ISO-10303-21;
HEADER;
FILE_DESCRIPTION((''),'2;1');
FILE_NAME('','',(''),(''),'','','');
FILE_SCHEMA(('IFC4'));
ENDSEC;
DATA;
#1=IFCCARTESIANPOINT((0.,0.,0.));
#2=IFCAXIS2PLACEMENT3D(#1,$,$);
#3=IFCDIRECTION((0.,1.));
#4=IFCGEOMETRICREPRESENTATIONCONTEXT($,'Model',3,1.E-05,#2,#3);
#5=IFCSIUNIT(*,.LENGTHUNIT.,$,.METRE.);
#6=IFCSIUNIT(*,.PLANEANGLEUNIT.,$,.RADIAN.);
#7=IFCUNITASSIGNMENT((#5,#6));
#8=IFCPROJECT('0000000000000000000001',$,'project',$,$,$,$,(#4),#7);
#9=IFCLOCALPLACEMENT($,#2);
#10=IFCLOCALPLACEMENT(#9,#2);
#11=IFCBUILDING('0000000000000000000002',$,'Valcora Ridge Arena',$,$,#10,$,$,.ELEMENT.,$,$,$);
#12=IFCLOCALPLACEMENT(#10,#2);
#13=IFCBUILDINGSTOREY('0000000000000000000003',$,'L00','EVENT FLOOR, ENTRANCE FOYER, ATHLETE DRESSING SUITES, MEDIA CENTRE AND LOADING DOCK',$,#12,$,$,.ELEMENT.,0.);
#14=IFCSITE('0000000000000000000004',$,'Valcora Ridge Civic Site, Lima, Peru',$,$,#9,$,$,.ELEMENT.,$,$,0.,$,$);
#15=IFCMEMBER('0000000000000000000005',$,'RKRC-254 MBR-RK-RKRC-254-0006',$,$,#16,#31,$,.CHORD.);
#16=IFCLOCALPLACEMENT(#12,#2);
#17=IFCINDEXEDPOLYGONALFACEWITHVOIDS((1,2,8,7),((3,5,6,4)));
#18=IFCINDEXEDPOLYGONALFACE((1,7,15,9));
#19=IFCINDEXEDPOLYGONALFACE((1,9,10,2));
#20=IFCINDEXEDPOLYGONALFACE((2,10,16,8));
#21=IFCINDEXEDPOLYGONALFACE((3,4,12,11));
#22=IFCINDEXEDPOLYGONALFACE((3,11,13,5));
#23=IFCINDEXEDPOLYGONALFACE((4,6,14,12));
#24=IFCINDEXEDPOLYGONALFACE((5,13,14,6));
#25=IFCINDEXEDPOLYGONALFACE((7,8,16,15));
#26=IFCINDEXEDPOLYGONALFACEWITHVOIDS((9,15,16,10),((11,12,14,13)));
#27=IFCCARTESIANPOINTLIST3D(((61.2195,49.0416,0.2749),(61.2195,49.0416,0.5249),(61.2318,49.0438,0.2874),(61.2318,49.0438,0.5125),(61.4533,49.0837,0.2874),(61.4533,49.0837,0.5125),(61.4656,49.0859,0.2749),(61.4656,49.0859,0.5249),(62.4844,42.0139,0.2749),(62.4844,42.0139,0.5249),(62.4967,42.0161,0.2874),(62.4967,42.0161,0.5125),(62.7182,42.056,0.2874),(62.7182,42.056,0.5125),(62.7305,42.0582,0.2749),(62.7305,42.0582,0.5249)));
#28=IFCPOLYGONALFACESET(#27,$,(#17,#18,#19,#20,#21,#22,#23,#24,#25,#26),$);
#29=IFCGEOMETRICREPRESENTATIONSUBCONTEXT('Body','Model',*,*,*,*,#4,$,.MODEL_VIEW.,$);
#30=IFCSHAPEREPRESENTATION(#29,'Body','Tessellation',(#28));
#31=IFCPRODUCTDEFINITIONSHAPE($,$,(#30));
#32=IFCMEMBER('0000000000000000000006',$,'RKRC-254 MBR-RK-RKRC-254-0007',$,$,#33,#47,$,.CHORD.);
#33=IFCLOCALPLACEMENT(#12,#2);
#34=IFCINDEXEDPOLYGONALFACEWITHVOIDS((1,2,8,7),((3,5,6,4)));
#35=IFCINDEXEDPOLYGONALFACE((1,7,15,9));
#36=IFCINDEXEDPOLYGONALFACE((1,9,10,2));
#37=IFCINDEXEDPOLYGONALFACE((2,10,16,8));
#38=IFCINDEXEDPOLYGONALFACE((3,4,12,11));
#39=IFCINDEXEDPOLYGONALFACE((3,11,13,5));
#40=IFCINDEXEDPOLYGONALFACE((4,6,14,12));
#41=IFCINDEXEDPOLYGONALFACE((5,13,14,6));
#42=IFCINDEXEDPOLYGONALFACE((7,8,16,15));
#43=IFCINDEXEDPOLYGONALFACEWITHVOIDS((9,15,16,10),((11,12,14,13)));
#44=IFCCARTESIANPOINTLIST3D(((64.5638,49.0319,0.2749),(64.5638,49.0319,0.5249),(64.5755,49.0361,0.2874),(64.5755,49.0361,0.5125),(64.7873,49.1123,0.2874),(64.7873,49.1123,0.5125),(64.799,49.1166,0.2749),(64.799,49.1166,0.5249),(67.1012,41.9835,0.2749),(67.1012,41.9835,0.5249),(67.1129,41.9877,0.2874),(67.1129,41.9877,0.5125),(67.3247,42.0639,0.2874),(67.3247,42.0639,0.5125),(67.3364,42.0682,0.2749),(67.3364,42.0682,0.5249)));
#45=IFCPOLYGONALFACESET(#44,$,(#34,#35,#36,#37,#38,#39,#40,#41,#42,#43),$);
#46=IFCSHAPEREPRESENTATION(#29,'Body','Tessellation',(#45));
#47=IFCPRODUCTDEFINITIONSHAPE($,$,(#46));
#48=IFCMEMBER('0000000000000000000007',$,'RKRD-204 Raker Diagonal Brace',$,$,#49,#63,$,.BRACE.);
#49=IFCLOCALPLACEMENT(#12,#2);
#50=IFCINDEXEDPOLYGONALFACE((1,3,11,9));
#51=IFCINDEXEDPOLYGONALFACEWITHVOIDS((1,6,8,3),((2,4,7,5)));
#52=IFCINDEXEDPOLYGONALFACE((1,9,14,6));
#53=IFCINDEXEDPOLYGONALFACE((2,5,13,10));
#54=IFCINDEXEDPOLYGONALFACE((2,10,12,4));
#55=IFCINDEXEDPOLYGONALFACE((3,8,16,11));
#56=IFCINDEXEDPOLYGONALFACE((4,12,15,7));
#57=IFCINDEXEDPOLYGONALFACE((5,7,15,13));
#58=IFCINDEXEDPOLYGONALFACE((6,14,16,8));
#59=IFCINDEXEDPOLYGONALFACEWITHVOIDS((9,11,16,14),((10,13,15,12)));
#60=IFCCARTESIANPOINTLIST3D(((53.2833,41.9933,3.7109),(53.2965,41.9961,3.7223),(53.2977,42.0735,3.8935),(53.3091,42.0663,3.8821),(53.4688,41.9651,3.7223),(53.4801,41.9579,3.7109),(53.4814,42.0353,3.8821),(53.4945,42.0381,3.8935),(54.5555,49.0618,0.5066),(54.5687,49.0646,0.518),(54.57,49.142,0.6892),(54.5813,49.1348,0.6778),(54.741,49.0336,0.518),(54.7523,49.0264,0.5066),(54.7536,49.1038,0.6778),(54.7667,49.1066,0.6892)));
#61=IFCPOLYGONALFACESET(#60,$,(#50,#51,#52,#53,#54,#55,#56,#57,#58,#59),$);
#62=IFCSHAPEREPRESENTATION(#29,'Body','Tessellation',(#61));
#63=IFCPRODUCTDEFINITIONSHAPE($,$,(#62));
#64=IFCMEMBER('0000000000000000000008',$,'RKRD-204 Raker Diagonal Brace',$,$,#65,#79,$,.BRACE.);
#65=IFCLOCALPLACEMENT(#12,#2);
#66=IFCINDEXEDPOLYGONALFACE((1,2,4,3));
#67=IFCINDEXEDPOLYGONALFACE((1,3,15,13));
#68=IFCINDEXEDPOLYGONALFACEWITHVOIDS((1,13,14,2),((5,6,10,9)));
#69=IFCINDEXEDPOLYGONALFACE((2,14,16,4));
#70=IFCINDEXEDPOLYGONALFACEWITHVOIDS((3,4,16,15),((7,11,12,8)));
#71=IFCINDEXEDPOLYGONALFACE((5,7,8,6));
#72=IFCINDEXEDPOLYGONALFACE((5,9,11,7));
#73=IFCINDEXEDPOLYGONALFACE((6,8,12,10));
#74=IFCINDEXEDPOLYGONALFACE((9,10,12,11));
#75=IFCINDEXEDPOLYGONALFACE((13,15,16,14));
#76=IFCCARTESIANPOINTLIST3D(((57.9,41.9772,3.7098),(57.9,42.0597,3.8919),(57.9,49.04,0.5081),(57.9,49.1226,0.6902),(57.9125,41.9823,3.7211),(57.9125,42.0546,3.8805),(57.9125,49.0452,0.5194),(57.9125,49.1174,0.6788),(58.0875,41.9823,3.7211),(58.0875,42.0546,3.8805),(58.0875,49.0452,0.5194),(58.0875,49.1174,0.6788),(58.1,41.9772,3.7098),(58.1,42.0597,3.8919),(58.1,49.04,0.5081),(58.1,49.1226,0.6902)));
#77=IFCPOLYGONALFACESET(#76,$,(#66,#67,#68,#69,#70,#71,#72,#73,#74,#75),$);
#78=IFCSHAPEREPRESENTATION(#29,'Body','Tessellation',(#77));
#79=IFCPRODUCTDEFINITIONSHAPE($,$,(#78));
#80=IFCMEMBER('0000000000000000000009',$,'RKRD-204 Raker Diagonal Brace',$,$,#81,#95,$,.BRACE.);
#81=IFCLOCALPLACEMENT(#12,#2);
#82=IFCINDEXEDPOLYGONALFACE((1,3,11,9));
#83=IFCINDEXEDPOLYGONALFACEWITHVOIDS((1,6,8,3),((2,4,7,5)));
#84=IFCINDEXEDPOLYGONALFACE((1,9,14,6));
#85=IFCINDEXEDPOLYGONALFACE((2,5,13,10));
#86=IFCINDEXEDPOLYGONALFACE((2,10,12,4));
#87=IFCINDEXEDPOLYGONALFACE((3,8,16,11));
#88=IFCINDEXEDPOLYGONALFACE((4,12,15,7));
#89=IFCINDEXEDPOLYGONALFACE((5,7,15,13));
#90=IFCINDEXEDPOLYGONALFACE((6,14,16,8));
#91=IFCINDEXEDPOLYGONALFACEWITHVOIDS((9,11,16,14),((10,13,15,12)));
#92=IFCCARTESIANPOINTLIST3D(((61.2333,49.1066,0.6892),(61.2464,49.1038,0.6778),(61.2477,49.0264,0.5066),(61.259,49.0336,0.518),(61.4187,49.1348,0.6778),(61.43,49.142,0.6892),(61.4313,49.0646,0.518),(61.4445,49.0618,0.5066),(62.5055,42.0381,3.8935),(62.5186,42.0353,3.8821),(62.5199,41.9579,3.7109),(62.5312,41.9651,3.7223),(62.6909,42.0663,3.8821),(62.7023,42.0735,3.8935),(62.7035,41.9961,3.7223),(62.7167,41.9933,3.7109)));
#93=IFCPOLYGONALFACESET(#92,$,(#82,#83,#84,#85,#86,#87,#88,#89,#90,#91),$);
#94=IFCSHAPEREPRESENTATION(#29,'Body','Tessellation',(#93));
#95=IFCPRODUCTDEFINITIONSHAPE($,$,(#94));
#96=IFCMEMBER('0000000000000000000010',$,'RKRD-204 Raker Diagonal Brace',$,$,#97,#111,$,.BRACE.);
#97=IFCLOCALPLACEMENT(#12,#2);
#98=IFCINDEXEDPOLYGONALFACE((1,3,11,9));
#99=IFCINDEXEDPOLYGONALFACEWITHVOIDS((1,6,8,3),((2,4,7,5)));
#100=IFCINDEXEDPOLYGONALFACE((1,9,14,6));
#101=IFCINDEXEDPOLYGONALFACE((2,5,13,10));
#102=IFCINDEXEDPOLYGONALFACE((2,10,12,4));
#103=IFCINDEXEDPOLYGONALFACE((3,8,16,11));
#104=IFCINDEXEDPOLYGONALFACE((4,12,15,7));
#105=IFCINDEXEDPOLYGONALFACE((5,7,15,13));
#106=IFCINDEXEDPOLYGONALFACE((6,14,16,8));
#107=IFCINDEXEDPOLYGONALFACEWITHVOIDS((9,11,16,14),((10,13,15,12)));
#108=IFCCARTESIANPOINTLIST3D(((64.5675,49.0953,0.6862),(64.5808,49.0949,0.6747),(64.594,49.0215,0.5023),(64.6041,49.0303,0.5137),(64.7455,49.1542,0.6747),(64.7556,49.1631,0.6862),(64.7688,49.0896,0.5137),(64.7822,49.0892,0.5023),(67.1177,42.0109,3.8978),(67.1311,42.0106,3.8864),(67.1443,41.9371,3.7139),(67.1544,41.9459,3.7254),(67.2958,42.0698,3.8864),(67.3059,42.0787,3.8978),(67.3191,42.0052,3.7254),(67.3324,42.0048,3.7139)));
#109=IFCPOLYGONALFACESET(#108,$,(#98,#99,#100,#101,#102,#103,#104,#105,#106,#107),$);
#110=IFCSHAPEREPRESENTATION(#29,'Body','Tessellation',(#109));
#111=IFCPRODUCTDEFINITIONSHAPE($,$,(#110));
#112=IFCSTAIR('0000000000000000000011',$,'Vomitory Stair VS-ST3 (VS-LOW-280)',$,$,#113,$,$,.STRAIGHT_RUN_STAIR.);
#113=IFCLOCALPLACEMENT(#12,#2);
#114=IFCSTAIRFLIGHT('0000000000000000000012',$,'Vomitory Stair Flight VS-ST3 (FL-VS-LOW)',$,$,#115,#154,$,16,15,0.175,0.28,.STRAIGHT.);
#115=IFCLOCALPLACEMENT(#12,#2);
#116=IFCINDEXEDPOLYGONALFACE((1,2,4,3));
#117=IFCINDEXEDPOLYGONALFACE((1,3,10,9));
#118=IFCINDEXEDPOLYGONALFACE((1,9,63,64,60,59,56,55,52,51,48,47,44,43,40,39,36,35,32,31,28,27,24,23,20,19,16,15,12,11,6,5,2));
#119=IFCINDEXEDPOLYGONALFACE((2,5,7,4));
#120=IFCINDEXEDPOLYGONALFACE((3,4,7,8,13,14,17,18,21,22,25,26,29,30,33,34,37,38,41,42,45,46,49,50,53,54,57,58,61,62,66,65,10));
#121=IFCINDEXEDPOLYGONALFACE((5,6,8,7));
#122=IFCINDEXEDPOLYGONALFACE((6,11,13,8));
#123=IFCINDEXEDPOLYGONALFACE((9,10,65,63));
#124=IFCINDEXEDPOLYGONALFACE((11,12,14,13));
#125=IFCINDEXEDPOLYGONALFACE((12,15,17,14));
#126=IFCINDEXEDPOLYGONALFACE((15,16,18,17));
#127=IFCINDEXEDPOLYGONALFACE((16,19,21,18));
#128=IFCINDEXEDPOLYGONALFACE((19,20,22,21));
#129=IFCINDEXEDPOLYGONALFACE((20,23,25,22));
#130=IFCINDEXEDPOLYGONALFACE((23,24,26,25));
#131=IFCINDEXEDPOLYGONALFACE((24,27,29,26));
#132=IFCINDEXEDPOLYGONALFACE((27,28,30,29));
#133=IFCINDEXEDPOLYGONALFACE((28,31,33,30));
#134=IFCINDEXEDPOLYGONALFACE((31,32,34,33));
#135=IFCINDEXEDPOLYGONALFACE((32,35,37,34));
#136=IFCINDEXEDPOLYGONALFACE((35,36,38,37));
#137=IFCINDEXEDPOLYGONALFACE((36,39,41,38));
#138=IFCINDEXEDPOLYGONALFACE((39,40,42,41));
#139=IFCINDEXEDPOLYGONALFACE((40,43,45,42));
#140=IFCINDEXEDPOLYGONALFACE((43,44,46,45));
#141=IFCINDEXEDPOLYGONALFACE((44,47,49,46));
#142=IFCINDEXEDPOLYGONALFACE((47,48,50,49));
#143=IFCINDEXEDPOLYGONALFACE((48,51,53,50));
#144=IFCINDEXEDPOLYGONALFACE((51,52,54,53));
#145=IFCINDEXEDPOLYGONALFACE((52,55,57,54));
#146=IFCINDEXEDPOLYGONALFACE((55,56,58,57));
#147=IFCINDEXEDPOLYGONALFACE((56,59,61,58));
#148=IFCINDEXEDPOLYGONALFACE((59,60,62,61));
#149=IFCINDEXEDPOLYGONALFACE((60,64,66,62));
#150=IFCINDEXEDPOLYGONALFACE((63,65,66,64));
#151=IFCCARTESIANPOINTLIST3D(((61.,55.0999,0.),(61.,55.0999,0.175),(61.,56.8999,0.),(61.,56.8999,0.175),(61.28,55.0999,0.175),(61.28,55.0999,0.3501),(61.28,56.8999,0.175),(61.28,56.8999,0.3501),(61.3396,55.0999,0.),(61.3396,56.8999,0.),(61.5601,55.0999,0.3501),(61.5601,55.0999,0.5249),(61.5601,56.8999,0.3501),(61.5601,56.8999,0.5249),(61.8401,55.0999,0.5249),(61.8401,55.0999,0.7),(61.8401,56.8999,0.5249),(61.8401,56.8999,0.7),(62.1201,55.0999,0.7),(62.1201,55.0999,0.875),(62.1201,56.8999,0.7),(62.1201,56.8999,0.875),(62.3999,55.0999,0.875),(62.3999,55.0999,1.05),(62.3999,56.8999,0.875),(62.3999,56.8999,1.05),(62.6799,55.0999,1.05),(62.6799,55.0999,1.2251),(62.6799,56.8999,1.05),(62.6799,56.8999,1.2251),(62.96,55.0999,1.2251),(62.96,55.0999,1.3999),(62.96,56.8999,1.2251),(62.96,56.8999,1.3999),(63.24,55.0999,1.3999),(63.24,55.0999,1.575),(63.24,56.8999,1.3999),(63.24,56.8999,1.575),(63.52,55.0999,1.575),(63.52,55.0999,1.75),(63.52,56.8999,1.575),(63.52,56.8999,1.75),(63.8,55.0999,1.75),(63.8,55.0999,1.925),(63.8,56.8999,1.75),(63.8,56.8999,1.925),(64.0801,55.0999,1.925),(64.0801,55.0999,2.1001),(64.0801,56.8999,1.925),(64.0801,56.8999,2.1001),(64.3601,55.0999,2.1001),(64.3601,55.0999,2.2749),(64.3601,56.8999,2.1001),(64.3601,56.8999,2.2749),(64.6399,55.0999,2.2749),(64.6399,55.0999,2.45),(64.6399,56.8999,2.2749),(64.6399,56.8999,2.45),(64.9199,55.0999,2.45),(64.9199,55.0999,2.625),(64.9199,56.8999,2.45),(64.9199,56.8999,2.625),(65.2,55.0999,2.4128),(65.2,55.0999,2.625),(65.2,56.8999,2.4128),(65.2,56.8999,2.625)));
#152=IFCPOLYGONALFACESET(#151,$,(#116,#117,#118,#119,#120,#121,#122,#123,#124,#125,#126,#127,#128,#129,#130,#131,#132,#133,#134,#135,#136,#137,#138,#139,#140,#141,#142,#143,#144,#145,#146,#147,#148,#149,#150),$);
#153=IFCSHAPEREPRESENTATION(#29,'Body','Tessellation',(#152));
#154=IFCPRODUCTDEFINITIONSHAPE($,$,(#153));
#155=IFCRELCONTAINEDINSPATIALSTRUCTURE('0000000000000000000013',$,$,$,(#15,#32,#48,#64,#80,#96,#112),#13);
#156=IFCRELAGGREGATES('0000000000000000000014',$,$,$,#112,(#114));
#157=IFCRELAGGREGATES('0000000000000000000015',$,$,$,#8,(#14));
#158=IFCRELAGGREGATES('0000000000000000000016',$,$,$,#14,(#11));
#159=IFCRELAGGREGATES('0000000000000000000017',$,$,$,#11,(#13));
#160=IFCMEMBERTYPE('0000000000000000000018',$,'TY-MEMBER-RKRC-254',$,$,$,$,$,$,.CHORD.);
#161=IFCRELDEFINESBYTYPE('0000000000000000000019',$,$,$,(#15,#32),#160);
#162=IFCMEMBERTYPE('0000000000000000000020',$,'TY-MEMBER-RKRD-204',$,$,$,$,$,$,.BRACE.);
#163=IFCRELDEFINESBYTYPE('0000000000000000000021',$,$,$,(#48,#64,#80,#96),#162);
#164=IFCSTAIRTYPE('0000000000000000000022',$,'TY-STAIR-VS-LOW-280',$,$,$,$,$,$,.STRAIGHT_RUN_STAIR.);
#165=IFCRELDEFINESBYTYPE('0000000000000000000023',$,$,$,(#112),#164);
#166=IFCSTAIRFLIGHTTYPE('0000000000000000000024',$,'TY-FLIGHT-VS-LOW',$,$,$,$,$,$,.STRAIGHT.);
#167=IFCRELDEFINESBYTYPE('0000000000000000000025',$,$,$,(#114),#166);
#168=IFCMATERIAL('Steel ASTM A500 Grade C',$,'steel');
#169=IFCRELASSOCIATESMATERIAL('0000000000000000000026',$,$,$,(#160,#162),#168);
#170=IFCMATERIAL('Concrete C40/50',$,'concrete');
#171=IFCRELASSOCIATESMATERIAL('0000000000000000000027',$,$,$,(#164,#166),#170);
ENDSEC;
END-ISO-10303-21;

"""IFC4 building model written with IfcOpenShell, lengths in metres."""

from ifc_helpers import new_model, si_unit, direction, frame, origin, origin_2d, place, context, subcontext, project, spatial, polyline, hollow_rectangle, outline, extrude, material, material_profile, profile_set, type_object, element, aggregate, save


model = new_model("IFC4")

# Units and contexts
model_context = context("Model", 3, precision=1e-05, world=origin(), true_north=direction((0.0, 1.0)))
body_context = subcontext(model_context, "Body", "Model", "MODEL_VIEW")
ifc_project = project(units=[si_unit("LENGTHUNIT", "METRE"), si_unit("PLANEANGLEUNIT", "RADIAN")], contexts=[model_context])

# Site, building, storey
site_placement = place(None, origin())
site = spatial("IfcSite", under=ifc_project, at=site_placement, Name="Valcora Ridge Civic Site, Lima, Peru", CompositionType="ELEMENT", RefElevation=0.0)
building_placement = place(site_placement, origin())
building = spatial("IfcBuilding", under=site, at=building_placement, Name="Valcora Ridge Arena", CompositionType="ELEMENT")
storey_placement = place(building_placement, origin())
storey = spatial("IfcBuildingStorey", under=building, at=storey_placement, Name="L00", Description="EVENT FLOOR, ENTRANCE FOYER, ATHLETE DRESSING SUITES, MEDIA CENTRE AND LOADING DOCK", CompositionType="ELEMENT", Elevation=0.0)

# Shared definitions
ifc_material_1 = material(Name="Concrete C40/50", Category="concrete")

# Members
ifc_material_2 = material(Name="Steel ASTM A500 Grade C", Category="steel")
ifc_material_profile_1 = material_profile(ifc_material_2, hollow_rectangle(XDim=0.25, YDim=0.25, WallThickness=0.0125, at=origin_2d()), Name="HSS250X250X12")
ifc_profile_set_1 = profile_set([ifc_material_profile_1], Name="Steel ASTM A500 Grade C")
member_type_1 = type_object("IfcMemberType", Name="TY-MEMBER-RKRC-254", PredefinedType="CHORD", material=ifc_profile_set_1)
member_1_placement = place(storey_placement, frame((61.3425, 49.0637, 0.3999), z_axis=(0.177143, -0.984185, 0.0), x_axis=(0.984185, 0.177143, 0.0)))
element("IfcMember", 1, at=member_1_placement, inside=storey, type_object=member_type_1, Name="RKRC-254 MBR-RK-RKRC-254-0006", PredefinedType="CHORD", context=body_context, shape_type="SweptSolid", body=[
    extrude(hollow_rectangle(XDim=0.25, YDim=0.25, WallThickness=0.0125, at=origin_2d()), origin(), (0.0, 0.0, 1.0), 7.1406),
])
member_2_placement = place(storey_placement, frame((64.6814, 49.0742, 0.3999), z_axis=(0.338714, -0.940889, 0.0), x_axis=(0.940889, 0.338714, 0.0)))
element("IfcMember", 2, at=member_2_placement, inside=storey, type_object=member_type_1, Name="RKRC-254 MBR-RK-RKRC-254-0007", PredefinedType="CHORD", context=body_context, shape_type="SweptSolid", body=[
    extrude(hollow_rectangle(XDim=0.25, YDim=0.25, WallThickness=0.0125, at=origin_2d()), origin(), (0.0, 0.0, 1.0), 7.4912),
])
ifc_material_profile_2 = material_profile(ifc_material_2, hollow_rectangle(XDim=0.2, YDim=0.2, WallThickness=0.0125, at=origin_2d()), Name="HSS200X200X12")
ifc_profile_set_2 = profile_set([ifc_material_profile_2], Name="Steel ASTM A500 Grade C")
member_type_2 = type_object("IfcMemberType", Name="TY-MEMBER-RKRD-204", PredefinedType="BRACE", material=ifc_profile_set_2)
member_3_placement = place(storey_placement, frame((54.6611, 49.0842, 0.5979), z_axis=(-0.161766, -0.89879, 0.40744), x_axis=(0.984187, -0.177135, 0.0)))
element("IfcMember", 3, at=member_3_placement, inside=storey, type_object=member_type_2, Name="RKRD-204 Raker Diagonal Brace", PredefinedType="BRACE", context=body_context, shape_type="SweptSolid", body=[
    extrude(hollow_rectangle(XDim=0.2, YDim=0.2, WallThickness=0.0125, at=origin_2d()), origin(), (0.0, 0.0, 1.0), 7.8645),
])
member_4_placement = place(storey_placement, frame((58.0, 49.0813, 0.5991), z_axis=(0.0, -0.910788, 0.412875), x_axis=(1.0, 0.0, 0.0)))
element("IfcMember", 4, at=member_4_placement, inside=storey, type_object=member_type_2, Name="RKRD-204 Raker Diagonal Brace", PredefinedType="BRACE", context=body_context, shape_type="SweptSolid", body=[
    extrude(hollow_rectangle(XDim=0.2, YDim=0.2, WallThickness=0.0125, at=origin_2d()), origin(), (0.0, 0.0, 1.0), 7.7546),
])
member_5_placement = place(storey_placement, frame((61.3389, 49.0842, 0.5979), z_axis=(0.161766, -0.89879, 0.40744), x_axis=(0.984187, 0.177135, 0.0)))
element("IfcMember", 5, at=member_5_placement, inside=storey, type_object=member_type_2, Name="RKRD-204 Raker Diagonal Brace", PredefinedType="BRACE", context=body_context, shape_type="SweptSolid", body=[
    extrude(hollow_rectangle(XDim=0.2, YDim=0.2, WallThickness=0.0125, at=origin_2d()), origin(), (0.0, 0.0, 1.0), 7.8645),
])
member_6_placement = place(storey_placement, frame((64.6748, 49.0923, 0.5942), z_axis=(0.311548, -0.865451, 0.392343), x_axis=(0.940892, 0.338706, 0.0)))
element("IfcMember", 6, at=member_6_placement, inside=storey, type_object=member_type_2, Name="RKRD-204 Raker Diagonal Brace", PredefinedType="BRACE", context=body_context, shape_type="SweptSolid", body=[
    extrude(hollow_rectangle(XDim=0.2, YDim=0.2, WallThickness=0.0125, at=origin_2d()), origin(), (0.0, 0.0, 1.0), 8.1858),
])

# Stair, stair flight
stair_type = type_object("IfcStairType", Name="TY-STAIR-VS-LOW-280", PredefinedType="STRAIGHT_RUN_STAIR", material=ifc_material_1)
stair_placement = place(storey_placement, origin())
stair = element("IfcStair", 7, at=stair_placement, inside=storey, type_object=stair_type, Name="Vomitory Stair VS-ST3 (VS-LOW-280)", PredefinedType="STRAIGHT_RUN_STAIR")
stair_flight_type = type_object("IfcStairFlightType", Name="TY-FLIGHT-VS-LOW", PredefinedType="STRAIGHT", material=ifc_material_1)
stair_flight_placement = place(storey_placement, frame((61.0, 56.0, 0.0), z_axis=(0.0, 0.0, 1.0), x_axis=(1.0, 0.0, 0.0)))
stair_flight = element("IfcStairFlight", 8, at=stair_flight_placement, type_object=stair_flight_type, Name="Vomitory Stair Flight VS-ST3 (FL-VS-LOW)", NumberOfRisers=16, NumberOfTreads=15, PredefinedType="STRAIGHT", RiserHeight=0.175, TreadLength=0.28, context=body_context, shape_type="SweptSolid", body=[
    extrude(outline(polyline([(0.0, 0.0), (0.0, 0.175), (0.28, 0.175), (0.28, 0.3501), (0.5601, 0.3501), (0.5601, 0.5249), (0.8401, 0.5249), (0.8401, 0.7), (1.1201, 0.7), (1.1201, 0.875), (1.3999, 0.875), (1.3999, 1.05), (1.6799, 1.05), (1.6799, 1.2251), (1.96, 1.2251), (1.96, 1.3999), (2.24, 1.3999), (2.24, 1.575), (2.52, 1.575), (2.52, 1.75), (2.8, 1.75), (2.8, 1.925), (3.0801, 1.925), (3.0801, 2.1001), (3.3601, 2.1001), (3.3601, 2.2749), (3.6399, 2.2749), (3.6399, 2.45), (3.9199, 2.45), (3.9199, 2.625), (4.2, 2.625), (4.2, 2.8), (4.2, 2.4128), (0.3396, 0.0), (0.0, 0.0)])), frame((0.0, 0.8999, 0.0), z_axis=(0.0, -1.0, 0.0), x_axis=(1.0, 0.0, 0.0)), (0.0, 0.0, 1.0), 1.8),
])
aggregate(stair, [stair_flight])

save(model, "model.ifc")
